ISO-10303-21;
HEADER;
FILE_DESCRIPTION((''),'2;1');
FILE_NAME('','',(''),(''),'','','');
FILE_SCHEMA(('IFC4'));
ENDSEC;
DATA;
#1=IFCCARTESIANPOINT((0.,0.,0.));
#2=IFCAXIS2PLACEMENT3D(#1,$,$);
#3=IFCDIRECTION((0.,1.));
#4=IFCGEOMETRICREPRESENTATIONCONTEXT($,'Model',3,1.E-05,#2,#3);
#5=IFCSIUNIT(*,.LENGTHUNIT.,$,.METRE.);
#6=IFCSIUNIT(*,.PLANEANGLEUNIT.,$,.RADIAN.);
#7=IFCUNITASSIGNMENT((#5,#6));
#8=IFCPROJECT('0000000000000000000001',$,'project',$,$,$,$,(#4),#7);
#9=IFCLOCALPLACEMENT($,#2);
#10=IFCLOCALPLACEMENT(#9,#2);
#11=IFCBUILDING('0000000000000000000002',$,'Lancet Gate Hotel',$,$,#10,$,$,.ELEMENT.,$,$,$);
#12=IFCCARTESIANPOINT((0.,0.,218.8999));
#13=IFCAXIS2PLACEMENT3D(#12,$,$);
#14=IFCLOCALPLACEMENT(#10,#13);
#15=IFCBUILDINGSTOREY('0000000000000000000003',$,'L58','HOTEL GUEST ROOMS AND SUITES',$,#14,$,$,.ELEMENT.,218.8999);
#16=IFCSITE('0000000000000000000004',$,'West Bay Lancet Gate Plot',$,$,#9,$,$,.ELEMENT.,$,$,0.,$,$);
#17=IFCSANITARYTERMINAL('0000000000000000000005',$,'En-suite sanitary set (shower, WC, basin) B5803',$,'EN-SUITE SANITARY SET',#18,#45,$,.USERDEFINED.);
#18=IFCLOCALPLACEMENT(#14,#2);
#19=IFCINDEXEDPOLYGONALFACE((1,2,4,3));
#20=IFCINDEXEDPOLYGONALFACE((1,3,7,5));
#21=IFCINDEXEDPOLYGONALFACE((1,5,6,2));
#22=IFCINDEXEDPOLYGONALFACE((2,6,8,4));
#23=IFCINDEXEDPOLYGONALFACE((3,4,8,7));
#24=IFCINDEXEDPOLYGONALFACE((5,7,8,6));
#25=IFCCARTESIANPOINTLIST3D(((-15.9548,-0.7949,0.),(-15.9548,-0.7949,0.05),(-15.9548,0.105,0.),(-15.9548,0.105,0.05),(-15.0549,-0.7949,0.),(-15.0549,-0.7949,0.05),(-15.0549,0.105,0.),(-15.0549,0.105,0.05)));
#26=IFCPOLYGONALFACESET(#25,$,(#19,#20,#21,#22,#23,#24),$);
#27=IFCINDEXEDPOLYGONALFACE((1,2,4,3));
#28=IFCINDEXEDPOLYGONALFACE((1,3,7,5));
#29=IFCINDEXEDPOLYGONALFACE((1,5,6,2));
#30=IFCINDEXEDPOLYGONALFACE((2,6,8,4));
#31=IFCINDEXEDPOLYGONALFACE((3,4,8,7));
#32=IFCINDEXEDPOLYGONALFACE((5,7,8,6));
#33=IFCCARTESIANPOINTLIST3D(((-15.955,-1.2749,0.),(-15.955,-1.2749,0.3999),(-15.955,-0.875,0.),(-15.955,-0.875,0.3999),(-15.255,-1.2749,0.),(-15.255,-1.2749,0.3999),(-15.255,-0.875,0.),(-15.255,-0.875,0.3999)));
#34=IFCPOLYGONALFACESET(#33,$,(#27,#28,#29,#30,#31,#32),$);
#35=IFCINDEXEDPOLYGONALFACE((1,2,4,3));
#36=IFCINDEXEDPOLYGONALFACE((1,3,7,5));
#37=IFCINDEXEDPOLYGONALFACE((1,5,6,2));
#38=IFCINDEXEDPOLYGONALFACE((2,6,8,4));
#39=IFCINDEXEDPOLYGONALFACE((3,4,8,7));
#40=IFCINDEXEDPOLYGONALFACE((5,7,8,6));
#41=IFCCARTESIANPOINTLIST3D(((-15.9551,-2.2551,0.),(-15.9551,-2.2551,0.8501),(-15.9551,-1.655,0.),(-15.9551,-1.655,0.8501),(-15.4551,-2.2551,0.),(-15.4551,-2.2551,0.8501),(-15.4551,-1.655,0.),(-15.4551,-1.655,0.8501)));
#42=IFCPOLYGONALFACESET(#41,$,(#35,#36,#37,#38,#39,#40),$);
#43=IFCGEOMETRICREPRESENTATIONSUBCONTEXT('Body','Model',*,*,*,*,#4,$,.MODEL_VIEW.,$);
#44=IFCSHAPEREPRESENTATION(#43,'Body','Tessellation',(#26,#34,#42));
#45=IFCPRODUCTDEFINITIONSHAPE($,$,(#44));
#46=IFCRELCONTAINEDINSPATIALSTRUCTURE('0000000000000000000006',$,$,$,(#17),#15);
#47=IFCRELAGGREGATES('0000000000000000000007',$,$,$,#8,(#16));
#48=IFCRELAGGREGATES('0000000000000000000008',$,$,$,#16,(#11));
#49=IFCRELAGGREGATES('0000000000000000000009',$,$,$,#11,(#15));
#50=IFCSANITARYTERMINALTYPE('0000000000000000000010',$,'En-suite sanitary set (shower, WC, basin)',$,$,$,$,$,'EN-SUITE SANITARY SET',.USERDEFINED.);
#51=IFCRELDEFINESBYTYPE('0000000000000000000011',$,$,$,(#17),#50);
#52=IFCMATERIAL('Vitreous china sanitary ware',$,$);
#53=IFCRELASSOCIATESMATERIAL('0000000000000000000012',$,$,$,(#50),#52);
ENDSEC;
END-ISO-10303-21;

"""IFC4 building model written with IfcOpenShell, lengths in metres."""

from ifc_helpers import new_model, si_unit, direction, frame, origin, origin_2d, place, context, subcontext, project, spatial, rectangle, extrude, material, type_object, element, save


model = new_model("IFC4")

# Units and contexts
model_context = context("Model", 3, precision=1e-05, world=origin(), true_north=direction((0.0, 1.0)))
body_context = subcontext(model_context, "Body", "Model", "MODEL_VIEW")
ifc_project = project(units=[si_unit("LENGTHUNIT", "METRE"), si_unit("PLANEANGLEUNIT", "RADIAN")], contexts=[model_context])

# Site, building, storey
site_placement = place(None, origin())
site = spatial("IfcSite", under=ifc_project, at=site_placement, Name="West Bay Lancet Gate Plot", CompositionType="ELEMENT", RefElevation=0.0)
building_placement = place(site_placement, origin())
building = spatial("IfcBuilding", under=site, at=building_placement, Name="Lancet Gate Hotel", CompositionType="ELEMENT")
storey_placement = place(building_placement, frame((0.0, 0.0, 218.8999)))
storey = spatial("IfcBuildingStorey", under=building, at=storey_placement, Name="L58", Description="HOTEL GUEST ROOMS AND SUITES", CompositionType="ELEMENT", Elevation=218.8999)

# Sanitary terminal
ifc_material_1 = material(Name="Vitreous china sanitary ware")
sanitary_terminal_type = type_object("IfcSanitaryTerminalType", Name="En-suite sanitary set (shower, WC, basin)", ElementType="EN-SUITE SANITARY SET", PredefinedType="USERDEFINED", material=ifc_material_1)
sanitary_terminal_placement = place(storey_placement, frame((-15.5049, -0.345, 0.0), z_axis=(0.0, 0.0, 1.0), x_axis=(1.0, 0.0, 0.0)))
element("IfcSanitaryTerminal", 1, at=sanitary_terminal_placement, inside=storey, type_object=sanitary_terminal_type, Name="En-suite sanitary set (shower, WC, basin) B5803", ObjectType="EN-SUITE SANITARY SET", PredefinedType="USERDEFINED", context=body_context, shape_type="SweptSolid", body=[
    extrude(rectangle(XDim=0.8999, YDim=0.8999, at=origin_2d()), frame((0.0, 0.0, 0.0), z_axis=(0.0, 0.0, 1.0), x_axis=(0.0, 1.0, 0.0)), (0.0, 0.0, 1.0), 0.05),
    extrude(rectangle(XDim=0.3999, YDim=0.7, at=origin_2d()), frame((-0.1001, -0.73, 0.0), z_axis=(0.0, 0.0, 1.0), x_axis=(0.0, 1.0, 0.0)), (0.0, 0.0, 1.0), 0.3999),
    extrude(rectangle(XDim=0.6001, YDim=0.5, at=origin_2d()), frame((-0.2002, -1.6101, 0.0), z_axis=(0.0, 0.0, 1.0), x_axis=(0.0, 1.0, 0.0)), (0.0, 0.0, 1.0), 0.8501),
])

save(model, "model.ifc")
